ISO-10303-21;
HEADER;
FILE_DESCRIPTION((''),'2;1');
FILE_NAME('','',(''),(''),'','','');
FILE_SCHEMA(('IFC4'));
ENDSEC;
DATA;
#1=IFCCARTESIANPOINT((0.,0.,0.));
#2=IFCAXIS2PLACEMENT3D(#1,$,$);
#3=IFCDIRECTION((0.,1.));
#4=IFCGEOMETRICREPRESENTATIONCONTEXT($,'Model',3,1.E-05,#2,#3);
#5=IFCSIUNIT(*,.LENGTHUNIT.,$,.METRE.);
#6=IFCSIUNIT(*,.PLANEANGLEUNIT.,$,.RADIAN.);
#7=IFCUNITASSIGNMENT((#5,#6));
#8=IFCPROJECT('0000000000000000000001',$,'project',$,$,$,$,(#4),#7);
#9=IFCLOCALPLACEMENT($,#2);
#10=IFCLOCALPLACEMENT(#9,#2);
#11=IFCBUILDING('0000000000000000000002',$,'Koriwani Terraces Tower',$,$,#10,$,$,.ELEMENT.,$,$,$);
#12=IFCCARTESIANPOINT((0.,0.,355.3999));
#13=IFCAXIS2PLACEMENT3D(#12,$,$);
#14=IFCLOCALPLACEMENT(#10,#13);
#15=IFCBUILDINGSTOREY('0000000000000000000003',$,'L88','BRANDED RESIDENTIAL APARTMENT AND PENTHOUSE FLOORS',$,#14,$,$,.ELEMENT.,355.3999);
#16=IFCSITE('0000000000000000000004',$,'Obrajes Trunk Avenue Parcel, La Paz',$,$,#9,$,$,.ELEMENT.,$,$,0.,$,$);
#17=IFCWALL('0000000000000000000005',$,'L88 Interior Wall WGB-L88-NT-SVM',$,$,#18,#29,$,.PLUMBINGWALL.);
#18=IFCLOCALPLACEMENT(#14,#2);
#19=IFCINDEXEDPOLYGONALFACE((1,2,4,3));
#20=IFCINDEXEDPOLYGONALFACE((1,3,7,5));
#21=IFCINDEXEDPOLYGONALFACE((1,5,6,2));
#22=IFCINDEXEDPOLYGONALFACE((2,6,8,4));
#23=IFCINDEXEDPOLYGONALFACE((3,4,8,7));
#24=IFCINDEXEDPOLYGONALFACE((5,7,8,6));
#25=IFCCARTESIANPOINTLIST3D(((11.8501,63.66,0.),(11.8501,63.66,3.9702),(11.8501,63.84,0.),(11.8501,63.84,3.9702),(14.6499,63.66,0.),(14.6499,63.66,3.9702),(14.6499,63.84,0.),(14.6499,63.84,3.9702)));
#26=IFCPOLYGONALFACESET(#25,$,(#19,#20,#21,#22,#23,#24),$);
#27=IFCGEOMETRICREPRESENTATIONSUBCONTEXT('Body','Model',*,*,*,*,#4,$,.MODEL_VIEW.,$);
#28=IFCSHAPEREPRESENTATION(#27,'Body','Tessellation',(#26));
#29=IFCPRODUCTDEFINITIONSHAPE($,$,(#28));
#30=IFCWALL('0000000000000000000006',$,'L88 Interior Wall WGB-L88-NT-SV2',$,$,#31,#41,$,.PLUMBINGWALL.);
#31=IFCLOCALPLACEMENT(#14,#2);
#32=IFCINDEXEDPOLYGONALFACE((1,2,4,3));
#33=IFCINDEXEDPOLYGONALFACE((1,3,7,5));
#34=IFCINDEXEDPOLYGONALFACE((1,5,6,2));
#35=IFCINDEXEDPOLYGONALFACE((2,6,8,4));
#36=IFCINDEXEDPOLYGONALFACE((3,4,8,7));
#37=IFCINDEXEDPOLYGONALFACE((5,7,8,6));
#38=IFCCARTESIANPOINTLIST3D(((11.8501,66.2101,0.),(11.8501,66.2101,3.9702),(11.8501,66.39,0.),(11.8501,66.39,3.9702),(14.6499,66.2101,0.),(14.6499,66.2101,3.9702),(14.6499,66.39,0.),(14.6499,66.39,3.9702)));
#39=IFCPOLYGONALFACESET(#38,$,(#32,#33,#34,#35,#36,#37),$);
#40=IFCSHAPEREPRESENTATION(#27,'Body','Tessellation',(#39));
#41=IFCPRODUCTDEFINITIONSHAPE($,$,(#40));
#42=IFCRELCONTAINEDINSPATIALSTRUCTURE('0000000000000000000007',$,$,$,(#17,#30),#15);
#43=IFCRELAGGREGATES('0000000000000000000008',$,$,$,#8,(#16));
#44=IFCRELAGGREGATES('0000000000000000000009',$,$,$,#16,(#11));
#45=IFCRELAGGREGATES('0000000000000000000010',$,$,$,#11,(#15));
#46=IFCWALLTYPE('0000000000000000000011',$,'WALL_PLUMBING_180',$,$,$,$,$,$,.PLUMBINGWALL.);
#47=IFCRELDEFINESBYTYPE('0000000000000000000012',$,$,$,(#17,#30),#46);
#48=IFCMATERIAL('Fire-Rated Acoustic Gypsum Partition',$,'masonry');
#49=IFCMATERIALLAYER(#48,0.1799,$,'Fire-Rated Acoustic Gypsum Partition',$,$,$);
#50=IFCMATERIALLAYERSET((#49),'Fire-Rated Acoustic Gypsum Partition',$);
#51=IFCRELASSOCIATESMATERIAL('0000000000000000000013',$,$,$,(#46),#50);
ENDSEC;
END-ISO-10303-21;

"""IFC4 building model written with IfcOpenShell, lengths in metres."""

from ifc_helpers import new_model, si_unit, direction, frame, frame_2d, origin, place, context, subcontext, project, spatial, rectangle, extrude, material, layer, layer_set, type_object, element, save


model = new_model("IFC4")

# Units and contexts
model_context = context("Model", 3, precision=1e-05, world=origin(), true_north=direction((0.0, 1.0)))
body_context = subcontext(model_context, "Body", "Model", "MODEL_VIEW")
ifc_project = project(units=[si_unit("LENGTHUNIT", "METRE"), si_unit("PLANEANGLEUNIT", "RADIAN")], contexts=[model_context])

# Site, building, storey
site_placement = place(None, origin())
site = spatial("IfcSite", under=ifc_project, at=site_placement, Name="Obrajes Trunk Avenue Parcel, La Paz", CompositionType="ELEMENT", RefElevation=0.0)
building_placement = place(site_placement, origin())
building = spatial("IfcBuilding", under=site, at=building_placement, Name="Koriwani Terraces Tower", CompositionType="ELEMENT")
storey_placement = place(building_placement, frame((0.0, 0.0, 355.3999)))
storey = spatial("IfcBuildingStorey", under=building, at=storey_placement, Name="L88", Description="BRANDED RESIDENTIAL APARTMENT AND PENTHOUSE FLOORS", CompositionType="ELEMENT", Elevation=355.3999)

# Shared definitions
ifc_material_1 = material(Name="Fire-Rated Acoustic Gypsum Partition", Category="masonry")
ifc_layer_1 = layer(ifc_material_1, 0.1799, Name="Fire-Rated Acoustic Gypsum Partition")
ifc_layer_set_1 = layer_set([ifc_layer_1], Name="Fire-Rated Acoustic Gypsum Partition")
wall_type_1 = type_object("IfcWallType", Name="WALL_PLUMBING_180", PredefinedType="PLUMBINGWALL", material=ifc_layer_set_1)

# Walls
for number, where, z_axis, x_axis, name in (
    (1, (11.8501, 63.75, 0.0), (0.0, 0.0, 1.0), (1.0, 0.0, 0.0), "L88 Interior Wall WGB-L88-NT-SVM"),
    (2, (11.8501, 66.3, 0.0), (0.0, 0.0, 1.0), (1.0, 0.0, 0.0), "L88 Interior Wall WGB-L88-NT-SV2"),
):
    element("IfcWall", number, at=place(storey_placement, frame(where, z_axis=z_axis, x_axis=x_axis)), inside=storey, type_object=wall_type_1, Name=name, PredefinedType="PLUMBINGWALL", context=body_context, shape_type="SweptSolid", body=[
        extrude(rectangle(XDim=2.7998, YDim=0.1799, at=frame_2d((1.3999, 0.0))), origin(), (0.0, 0.0, 1.0), 3.9702),
    ])

save(model, "model.ifc")
